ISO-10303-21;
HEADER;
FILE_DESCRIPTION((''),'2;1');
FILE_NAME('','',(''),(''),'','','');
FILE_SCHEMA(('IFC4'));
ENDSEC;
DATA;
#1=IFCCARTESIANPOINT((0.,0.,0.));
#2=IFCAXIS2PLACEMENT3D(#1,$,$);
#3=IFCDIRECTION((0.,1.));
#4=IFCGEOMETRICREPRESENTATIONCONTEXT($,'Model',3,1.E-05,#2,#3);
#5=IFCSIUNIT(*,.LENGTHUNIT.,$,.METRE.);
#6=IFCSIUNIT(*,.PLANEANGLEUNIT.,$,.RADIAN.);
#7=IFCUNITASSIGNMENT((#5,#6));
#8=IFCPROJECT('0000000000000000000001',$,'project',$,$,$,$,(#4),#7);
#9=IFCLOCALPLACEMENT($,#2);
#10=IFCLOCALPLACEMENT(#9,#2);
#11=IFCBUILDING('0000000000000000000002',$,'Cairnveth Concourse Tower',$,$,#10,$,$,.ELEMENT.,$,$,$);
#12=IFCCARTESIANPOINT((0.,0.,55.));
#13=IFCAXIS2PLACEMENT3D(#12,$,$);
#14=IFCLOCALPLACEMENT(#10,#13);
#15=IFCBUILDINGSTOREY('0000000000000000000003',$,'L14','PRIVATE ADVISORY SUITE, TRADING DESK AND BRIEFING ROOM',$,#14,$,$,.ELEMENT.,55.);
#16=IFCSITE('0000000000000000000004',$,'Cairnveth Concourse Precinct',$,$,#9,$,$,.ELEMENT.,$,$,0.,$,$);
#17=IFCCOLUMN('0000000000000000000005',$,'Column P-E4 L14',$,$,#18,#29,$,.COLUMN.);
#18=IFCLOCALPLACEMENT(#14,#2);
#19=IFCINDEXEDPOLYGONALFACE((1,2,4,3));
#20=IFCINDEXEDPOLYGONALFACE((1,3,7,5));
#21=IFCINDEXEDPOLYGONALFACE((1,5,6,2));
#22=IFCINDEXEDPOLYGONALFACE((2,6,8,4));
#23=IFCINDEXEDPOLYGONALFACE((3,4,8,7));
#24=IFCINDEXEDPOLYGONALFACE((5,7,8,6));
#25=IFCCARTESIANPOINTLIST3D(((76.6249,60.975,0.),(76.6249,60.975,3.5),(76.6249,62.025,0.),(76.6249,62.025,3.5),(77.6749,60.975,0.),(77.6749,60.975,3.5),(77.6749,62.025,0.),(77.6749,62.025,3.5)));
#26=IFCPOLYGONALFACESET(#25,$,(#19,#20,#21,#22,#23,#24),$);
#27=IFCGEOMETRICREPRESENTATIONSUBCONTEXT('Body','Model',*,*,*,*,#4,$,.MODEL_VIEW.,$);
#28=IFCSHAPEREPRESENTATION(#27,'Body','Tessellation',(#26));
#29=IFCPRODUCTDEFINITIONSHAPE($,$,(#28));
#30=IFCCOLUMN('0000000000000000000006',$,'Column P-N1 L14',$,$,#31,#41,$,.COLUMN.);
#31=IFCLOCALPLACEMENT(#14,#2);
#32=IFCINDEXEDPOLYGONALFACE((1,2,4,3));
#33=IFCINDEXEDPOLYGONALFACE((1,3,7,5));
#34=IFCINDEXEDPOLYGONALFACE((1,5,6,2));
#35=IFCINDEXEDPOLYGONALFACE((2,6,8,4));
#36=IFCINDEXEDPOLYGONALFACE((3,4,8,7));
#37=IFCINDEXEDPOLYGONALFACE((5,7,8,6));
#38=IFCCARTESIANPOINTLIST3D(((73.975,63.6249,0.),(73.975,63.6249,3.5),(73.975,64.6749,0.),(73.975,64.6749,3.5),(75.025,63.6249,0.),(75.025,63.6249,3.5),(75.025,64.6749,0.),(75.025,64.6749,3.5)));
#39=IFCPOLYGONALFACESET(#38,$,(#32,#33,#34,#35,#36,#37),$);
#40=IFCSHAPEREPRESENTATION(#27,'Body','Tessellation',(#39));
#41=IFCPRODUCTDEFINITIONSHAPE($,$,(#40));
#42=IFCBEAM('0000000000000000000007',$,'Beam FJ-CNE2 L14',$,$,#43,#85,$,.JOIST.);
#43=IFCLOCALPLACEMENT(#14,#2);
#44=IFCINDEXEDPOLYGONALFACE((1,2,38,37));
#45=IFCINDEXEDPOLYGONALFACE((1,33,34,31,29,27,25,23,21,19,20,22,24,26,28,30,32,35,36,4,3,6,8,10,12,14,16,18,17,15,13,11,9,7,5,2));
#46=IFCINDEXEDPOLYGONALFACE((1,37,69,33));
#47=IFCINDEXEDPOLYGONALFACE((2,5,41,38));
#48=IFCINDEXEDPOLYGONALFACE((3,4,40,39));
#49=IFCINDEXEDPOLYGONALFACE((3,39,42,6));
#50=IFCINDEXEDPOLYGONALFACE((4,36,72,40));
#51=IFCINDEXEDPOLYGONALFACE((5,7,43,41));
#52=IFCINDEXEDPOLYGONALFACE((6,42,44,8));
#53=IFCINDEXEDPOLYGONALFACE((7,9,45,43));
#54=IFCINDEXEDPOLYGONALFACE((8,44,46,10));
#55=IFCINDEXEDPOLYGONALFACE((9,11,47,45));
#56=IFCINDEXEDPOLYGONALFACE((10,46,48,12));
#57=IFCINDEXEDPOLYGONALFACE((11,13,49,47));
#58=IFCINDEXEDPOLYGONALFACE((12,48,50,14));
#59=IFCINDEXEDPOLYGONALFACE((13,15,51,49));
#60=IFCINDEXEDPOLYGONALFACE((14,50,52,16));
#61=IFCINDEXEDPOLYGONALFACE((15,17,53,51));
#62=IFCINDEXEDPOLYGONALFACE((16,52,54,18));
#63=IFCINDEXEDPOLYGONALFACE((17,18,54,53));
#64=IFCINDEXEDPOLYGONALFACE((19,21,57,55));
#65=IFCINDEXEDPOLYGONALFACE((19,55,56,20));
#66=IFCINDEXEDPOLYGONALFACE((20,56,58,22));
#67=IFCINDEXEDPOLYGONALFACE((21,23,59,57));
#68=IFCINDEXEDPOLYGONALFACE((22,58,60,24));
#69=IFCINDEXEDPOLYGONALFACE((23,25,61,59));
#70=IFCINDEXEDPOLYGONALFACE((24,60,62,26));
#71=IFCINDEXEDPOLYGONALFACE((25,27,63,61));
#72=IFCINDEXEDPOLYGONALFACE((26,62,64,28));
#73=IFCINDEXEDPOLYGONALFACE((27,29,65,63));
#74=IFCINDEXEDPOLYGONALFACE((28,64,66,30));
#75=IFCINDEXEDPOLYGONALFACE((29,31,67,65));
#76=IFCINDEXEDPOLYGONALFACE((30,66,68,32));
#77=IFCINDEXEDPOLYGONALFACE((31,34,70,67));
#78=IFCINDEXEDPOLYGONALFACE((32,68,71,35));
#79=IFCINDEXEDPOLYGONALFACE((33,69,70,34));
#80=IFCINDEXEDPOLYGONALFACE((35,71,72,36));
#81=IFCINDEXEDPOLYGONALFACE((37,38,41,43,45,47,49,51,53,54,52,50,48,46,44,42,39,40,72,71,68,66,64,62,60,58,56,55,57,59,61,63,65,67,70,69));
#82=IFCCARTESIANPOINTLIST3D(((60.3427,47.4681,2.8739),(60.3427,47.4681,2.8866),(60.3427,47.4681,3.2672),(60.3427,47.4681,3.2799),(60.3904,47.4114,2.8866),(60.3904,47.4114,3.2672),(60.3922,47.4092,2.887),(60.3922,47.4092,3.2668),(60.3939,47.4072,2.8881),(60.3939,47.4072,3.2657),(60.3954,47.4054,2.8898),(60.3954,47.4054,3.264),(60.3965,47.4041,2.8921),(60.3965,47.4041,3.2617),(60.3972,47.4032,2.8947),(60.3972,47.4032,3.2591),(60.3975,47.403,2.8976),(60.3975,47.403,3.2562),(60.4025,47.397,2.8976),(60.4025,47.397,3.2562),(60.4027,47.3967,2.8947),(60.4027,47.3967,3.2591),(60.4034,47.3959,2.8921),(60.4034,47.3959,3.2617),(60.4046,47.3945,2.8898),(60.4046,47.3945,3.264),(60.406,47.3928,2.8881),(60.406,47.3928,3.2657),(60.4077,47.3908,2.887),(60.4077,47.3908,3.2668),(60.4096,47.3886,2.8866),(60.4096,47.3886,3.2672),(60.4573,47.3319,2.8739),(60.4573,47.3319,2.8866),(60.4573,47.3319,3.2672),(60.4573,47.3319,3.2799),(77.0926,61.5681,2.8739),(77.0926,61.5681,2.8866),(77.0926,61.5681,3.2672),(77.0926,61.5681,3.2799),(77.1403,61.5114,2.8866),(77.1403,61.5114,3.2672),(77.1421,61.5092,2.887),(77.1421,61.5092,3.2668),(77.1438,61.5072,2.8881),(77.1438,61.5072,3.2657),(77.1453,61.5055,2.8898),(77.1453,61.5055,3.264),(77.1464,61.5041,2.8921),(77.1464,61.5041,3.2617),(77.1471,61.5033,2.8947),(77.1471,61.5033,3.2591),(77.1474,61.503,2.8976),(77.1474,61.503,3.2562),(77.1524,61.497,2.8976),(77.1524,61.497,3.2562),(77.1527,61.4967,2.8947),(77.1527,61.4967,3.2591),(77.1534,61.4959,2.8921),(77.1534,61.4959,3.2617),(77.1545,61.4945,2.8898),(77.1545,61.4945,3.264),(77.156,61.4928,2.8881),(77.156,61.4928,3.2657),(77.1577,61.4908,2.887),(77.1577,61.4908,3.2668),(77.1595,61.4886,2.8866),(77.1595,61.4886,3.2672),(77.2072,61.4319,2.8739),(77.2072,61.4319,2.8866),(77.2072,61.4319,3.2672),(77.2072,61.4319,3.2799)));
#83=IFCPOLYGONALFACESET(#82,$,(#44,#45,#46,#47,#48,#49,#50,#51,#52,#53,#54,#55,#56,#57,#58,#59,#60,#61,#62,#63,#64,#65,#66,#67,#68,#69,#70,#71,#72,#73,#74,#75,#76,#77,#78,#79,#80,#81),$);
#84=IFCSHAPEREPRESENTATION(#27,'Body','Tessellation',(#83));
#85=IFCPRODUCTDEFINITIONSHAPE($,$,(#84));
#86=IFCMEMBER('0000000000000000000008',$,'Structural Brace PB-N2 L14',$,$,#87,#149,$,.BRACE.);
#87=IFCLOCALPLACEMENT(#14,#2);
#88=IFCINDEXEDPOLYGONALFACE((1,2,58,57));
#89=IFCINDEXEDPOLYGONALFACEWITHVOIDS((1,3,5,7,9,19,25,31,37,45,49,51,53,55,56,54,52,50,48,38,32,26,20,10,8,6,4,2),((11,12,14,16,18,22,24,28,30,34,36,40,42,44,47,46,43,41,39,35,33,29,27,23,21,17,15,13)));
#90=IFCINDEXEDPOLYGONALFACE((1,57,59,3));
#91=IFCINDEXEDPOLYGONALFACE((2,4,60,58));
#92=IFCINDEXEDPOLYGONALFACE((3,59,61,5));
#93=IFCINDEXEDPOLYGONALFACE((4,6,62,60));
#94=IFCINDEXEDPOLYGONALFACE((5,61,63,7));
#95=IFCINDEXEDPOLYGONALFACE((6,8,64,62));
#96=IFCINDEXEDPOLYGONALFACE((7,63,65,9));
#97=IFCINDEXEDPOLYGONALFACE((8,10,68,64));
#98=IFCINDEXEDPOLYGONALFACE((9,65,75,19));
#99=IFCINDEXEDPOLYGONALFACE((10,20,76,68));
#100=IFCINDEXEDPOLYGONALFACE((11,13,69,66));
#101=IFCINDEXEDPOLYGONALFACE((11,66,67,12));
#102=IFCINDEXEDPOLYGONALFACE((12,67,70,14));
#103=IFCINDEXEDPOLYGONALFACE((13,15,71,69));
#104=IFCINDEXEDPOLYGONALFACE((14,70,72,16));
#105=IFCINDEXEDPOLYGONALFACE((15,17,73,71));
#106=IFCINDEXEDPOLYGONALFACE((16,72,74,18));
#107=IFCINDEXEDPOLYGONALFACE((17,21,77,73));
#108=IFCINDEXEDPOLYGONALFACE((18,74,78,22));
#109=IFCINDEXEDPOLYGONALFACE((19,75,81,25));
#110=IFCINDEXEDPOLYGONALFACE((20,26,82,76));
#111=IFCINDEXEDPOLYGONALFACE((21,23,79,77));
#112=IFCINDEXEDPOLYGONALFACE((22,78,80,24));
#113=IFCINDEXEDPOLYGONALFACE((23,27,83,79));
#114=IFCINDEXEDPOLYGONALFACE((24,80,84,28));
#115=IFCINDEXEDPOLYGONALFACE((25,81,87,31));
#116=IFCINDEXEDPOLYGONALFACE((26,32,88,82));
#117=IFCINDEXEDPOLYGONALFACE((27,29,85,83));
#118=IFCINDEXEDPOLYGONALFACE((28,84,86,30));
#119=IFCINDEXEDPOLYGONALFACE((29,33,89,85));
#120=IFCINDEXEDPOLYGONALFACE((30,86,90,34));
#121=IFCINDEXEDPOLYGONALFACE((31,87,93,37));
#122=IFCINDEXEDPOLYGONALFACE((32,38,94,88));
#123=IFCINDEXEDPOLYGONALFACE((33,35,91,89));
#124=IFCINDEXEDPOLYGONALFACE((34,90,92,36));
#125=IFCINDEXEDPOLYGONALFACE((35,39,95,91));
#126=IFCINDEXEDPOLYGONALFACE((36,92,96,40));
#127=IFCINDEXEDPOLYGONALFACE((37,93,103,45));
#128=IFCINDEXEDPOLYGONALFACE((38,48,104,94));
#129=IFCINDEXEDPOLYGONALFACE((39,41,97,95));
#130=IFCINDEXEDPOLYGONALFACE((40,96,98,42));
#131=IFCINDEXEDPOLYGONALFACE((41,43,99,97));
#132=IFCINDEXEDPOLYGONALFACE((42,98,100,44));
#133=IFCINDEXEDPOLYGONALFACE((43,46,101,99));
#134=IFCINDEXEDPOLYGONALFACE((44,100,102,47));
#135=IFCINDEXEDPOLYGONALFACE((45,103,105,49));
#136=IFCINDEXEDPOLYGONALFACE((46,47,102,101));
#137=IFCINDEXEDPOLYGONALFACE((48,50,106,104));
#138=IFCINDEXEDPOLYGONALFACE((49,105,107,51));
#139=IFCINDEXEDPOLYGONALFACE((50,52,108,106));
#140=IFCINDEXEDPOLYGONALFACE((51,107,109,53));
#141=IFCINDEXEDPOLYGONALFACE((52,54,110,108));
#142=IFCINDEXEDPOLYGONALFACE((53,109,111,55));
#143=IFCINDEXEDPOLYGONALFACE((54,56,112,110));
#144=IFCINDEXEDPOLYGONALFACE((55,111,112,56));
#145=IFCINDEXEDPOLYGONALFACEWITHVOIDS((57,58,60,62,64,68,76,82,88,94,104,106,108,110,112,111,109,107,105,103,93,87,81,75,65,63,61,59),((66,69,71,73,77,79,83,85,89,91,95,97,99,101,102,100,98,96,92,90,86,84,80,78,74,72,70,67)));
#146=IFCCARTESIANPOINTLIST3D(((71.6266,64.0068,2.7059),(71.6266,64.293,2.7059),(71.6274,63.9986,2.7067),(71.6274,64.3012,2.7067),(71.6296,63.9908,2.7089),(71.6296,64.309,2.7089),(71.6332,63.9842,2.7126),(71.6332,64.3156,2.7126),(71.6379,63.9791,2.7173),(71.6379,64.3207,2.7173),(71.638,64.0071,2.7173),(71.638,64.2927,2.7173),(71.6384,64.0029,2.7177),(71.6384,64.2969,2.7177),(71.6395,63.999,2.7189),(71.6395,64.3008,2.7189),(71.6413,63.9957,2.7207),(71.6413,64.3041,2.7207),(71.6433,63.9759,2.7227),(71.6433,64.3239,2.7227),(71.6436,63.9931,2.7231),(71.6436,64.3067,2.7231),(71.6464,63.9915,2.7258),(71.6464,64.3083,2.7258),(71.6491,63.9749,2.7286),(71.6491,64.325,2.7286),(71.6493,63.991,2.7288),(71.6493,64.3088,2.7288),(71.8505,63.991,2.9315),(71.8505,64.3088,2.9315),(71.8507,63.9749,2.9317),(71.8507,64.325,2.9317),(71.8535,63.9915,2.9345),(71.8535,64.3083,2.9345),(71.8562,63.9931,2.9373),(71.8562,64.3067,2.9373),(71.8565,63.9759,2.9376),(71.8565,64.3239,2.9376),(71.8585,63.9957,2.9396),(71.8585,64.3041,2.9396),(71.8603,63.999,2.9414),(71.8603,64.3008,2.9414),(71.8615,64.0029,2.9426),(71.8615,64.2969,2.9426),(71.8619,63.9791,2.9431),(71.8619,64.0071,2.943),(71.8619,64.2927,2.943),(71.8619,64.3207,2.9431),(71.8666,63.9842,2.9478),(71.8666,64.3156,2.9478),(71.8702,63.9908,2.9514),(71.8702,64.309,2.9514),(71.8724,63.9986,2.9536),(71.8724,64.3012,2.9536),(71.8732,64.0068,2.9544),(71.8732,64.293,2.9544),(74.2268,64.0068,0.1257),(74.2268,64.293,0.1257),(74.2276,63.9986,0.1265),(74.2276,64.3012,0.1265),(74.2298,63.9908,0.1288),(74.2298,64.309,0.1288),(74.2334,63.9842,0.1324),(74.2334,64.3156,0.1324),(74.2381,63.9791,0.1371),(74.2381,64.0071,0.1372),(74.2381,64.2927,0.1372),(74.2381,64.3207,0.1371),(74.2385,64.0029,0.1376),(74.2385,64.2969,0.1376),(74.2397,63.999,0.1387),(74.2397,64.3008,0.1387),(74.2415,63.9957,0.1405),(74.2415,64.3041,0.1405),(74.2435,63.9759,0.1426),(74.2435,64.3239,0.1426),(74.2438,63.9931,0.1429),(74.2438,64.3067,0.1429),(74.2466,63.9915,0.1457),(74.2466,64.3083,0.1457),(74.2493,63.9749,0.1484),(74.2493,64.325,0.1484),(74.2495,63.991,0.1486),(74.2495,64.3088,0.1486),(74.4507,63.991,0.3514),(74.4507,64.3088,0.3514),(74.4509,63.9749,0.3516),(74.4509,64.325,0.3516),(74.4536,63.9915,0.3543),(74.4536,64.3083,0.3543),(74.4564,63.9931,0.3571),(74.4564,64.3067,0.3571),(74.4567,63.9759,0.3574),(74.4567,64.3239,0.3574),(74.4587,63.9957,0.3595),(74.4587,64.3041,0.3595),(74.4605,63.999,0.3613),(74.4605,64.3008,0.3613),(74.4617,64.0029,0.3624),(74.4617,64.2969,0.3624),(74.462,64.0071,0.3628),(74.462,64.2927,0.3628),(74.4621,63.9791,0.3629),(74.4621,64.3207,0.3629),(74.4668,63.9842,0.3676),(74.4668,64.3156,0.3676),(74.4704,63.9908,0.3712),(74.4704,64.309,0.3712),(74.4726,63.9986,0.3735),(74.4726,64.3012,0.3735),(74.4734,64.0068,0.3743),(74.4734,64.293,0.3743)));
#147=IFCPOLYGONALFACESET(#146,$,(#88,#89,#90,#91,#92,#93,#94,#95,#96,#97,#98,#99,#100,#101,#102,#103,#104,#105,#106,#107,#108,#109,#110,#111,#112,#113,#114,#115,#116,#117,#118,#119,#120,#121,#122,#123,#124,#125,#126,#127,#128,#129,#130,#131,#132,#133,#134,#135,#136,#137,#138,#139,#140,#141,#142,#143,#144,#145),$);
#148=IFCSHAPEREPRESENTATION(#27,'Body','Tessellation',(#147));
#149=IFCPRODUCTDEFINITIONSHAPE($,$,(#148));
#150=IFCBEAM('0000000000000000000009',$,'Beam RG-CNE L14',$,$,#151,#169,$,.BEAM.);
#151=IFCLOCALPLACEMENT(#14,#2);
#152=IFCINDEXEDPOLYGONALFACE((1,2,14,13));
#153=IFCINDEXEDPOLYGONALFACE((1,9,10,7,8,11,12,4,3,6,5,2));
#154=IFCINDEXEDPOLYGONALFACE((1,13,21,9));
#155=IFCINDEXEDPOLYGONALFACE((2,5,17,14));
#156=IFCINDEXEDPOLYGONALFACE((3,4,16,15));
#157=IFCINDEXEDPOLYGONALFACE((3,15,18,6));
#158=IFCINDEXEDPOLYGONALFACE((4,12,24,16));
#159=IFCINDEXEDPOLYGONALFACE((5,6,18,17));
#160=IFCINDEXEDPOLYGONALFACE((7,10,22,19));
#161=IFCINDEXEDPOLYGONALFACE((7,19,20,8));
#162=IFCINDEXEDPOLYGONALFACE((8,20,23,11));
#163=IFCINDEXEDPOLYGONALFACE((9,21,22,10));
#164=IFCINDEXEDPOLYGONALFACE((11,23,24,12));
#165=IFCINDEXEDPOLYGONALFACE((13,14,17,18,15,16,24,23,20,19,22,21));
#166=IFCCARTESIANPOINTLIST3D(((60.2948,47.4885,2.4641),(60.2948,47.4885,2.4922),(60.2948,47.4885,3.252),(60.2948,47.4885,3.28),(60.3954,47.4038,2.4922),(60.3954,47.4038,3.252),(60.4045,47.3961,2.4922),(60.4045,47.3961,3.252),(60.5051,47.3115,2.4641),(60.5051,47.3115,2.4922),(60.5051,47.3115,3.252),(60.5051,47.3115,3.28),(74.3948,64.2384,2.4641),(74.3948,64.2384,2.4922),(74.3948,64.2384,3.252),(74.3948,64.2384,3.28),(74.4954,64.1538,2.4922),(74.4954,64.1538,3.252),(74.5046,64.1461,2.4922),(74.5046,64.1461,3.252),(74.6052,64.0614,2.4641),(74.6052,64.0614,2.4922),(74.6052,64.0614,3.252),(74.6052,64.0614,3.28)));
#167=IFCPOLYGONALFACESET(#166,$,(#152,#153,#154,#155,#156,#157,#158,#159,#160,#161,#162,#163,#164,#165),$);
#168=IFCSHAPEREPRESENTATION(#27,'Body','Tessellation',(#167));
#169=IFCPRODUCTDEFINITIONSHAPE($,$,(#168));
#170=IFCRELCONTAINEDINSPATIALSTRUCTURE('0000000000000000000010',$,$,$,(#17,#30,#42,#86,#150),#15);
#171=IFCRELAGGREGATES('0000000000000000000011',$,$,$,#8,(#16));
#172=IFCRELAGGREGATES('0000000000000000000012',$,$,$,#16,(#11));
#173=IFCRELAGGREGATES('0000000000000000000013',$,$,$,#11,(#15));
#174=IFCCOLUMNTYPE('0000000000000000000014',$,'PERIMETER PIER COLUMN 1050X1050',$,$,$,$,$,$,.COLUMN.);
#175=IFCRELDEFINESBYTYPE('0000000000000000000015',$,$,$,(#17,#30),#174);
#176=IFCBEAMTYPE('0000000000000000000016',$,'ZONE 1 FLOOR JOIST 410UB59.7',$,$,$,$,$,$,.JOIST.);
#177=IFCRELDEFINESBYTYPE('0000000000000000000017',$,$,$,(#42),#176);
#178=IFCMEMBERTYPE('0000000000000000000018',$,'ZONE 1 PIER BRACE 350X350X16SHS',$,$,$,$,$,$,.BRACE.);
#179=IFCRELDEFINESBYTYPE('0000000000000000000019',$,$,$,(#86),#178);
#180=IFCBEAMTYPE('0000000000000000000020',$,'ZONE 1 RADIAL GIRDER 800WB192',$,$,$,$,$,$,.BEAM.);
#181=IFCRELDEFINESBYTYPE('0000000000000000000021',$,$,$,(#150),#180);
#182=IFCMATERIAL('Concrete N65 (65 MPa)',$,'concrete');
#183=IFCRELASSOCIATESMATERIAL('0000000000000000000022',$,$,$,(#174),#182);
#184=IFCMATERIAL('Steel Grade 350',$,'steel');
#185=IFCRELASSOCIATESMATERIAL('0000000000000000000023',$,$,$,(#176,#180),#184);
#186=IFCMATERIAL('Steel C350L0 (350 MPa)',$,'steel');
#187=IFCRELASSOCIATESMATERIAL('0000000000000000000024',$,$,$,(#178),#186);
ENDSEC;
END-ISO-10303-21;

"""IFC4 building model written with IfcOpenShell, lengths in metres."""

from ifc_helpers import new_model, si_unit, direction, frame, origin, origin_2d, place, context, subcontext, project, spatial, rectangle, hollow_rectangle, i_section, extrude, material, material_profile, profile_set, type_object, element, save


model = new_model("IFC4")

# Units and contexts
model_context = context("Model", 3, precision=1e-05, world=origin(), true_north=direction((0.0, 1.0)))
body_context = subcontext(model_context, "Body", "Model", "MODEL_VIEW")
ifc_project = project(units=[si_unit("LENGTHUNIT", "METRE"), si_unit("PLANEANGLEUNIT", "RADIAN")], contexts=[model_context])

# Site, building, storey
site_placement = place(None, origin())
site = spatial("IfcSite", under=ifc_project, at=site_placement, Name="Cairnveth Concourse Precinct", CompositionType="ELEMENT", RefElevation=0.0)
building_placement = place(site_placement, origin())
building = spatial("IfcBuilding", under=site, at=building_placement, Name="Cairnveth Concourse Tower", CompositionType="ELEMENT")
storey_placement = place(building_placement, frame((0.0, 0.0, 55.0)))
storey = spatial("IfcBuildingStorey", under=building, at=storey_placement, Name="L14", Description="PRIVATE ADVISORY SUITE, TRADING DESK AND BRIEFING ROOM", CompositionType="ELEMENT", Elevation=55.0)

# Columns
ifc_material_1 = material(Name="Concrete N65 (65 MPa)", Category="concrete")
ifc_material_profile_1 = material_profile(ifc_material_1, rectangle(XDim=1.05, YDim=1.05, at=origin_2d()), Name="RC-COL-1050x1050")
ifc_profile_set_1 = profile_set([ifc_material_profile_1], Name="Concrete N65 (65 MPa)")
column_type = type_object("IfcColumnType", Name="PERIMETER PIER COLUMN 1050X1050", PredefinedType="COLUMN", material=ifc_profile_set_1)
for number, where, z_axis, x_axis, name in (
    (1, (77.1499, 61.5, 0.0), (0.0, 0.0, 1.0), (0.0, 1.0, 0.0), "Column P-E4 L14"),
    (2, (74.5, 64.1499, 0.0), (0.0, 0.0, 1.0), (1.0, 0.0, 0.0), "Column P-N1 L14"),
):
    element("IfcColumn", number, at=place(storey_placement, frame(where, z_axis=z_axis, x_axis=x_axis)), inside=storey, type_object=column_type, Name=name, PredefinedType="COLUMN", context=body_context, shape_type="SweptSolid", body=[
        extrude(rectangle(XDim=1.05, YDim=1.05, at=origin_2d()), origin(), (0.0, 0.0, 1.0), 3.5),
    ])

# Beam
ifc_material_2 = material(Name="Steel Grade 350", Category="steel")
ifc_material_profile_2 = material_profile(ifc_material_2, i_section(OverallWidth=0.178, OverallDepth=0.406, WebThickness=0.0078, FlangeThickness=0.0127, FilletRadius=0.011, at=origin_2d()), Name="410UB59.7")
ifc_profile_set_2 = profile_set([ifc_material_profile_2], Name="Steel Grade 350")
beam_type_1 = type_object("IfcBeamType", Name="ZONE 1 FLOOR JOIST 410UB59.7", PredefinedType="JOIST", material=ifc_profile_set_2)
beam_1_placement = place(storey_placement, frame((77.1499, 61.5, 3.0769), z_axis=(-0.765027, -0.643998, 0.0), x_axis=(0.643998, -0.765027, 0.0)))
element("IfcBeam", 3, at=beam_1_placement, inside=storey, type_object=beam_type_1, Name="Beam FJ-CNE2 L14", PredefinedType="JOIST", context=body_context, shape_type="SweptSolid", body=[
    extrude(i_section(OverallWidth=0.178, OverallDepth=0.406, WebThickness=0.0078, FlangeThickness=0.0127, FilletRadius=0.011, at=origin_2d()), origin(), (0.0, 0.0, 1.0), 21.8945),
])

# Member
ifc_material_3 = material(Name="Steel C350L0 (350 MPa)", Category="steel")
ifc_material_profile_3 = material_profile(ifc_material_3, hollow_rectangle(XDim=0.3501, YDim=0.3501, WallThickness=0.0161, InnerFilletRadius=0.0161, OuterFilletRadius=0.032, at=origin_2d()), Name="350x350x16.0SHS")
ifc_profile_set_3 = profile_set([ifc_material_profile_3], Name="Steel C350L0 (350 MPa)")
member_type = type_object("IfcMemberType", Name="ZONE 1 PIER BRACE 350X350X16SHS", PredefinedType="BRACE", material=ifc_profile_set_3)
member_placement = place(storey_placement, frame((74.3501, 64.1499, 0.25), z_axis=(-0.709834, 0.0, 0.704369), x_axis=(0.0, -1.0, 0.0)))
element("IfcMember", 4, at=member_placement, inside=storey, type_object=member_type, Name="Structural Brace PB-N2 L14", PredefinedType="BRACE", context=body_context, shape_type="SweptSolid", body=[
    extrude(hollow_rectangle(XDim=0.3501, YDim=0.3501, WallThickness=0.0161, InnerFilletRadius=0.0161, OuterFilletRadius=0.032, at=origin_2d()), origin(), (0.0, 0.0, 1.0), 3.6631),
])

# Beam
ifc_material_profile_4 = material_profile(ifc_material_2, i_section(OverallWidth=0.2749, OverallDepth=0.8159, WebThickness=0.012, FlangeThickness=0.0281, at=origin_2d()), Name="800WB192")
ifc_profile_set_4 = profile_set([ifc_material_profile_4], Name="Steel Grade 350")
beam_type_2 = type_object("IfcBeamType", Name="ZONE 1 RADIAL GIRDER 800WB192", PredefinedType="BEAM", material=ifc_profile_set_4)
beam_2_placement = place(storey_placement, frame((74.5, 64.1499, 2.8721), z_axis=(-0.643998, -0.765027, 0.0), x_axis=(0.765027, -0.643998, 0.0)))
element("IfcBeam", 5, at=beam_2_placement, inside=storey, type_object=beam_type_2, Name="Beam RG-CNE L14", PredefinedType="BEAM", context=body_context, shape_type="SweptSolid", body=[
    extrude(i_section(OverallWidth=0.2749, OverallDepth=0.8159, WebThickness=0.012, FlangeThickness=0.0281, at=origin_2d()), origin(), (0.0, 0.0, 1.0), 21.8945),
])

save(model, "model.ifc")
